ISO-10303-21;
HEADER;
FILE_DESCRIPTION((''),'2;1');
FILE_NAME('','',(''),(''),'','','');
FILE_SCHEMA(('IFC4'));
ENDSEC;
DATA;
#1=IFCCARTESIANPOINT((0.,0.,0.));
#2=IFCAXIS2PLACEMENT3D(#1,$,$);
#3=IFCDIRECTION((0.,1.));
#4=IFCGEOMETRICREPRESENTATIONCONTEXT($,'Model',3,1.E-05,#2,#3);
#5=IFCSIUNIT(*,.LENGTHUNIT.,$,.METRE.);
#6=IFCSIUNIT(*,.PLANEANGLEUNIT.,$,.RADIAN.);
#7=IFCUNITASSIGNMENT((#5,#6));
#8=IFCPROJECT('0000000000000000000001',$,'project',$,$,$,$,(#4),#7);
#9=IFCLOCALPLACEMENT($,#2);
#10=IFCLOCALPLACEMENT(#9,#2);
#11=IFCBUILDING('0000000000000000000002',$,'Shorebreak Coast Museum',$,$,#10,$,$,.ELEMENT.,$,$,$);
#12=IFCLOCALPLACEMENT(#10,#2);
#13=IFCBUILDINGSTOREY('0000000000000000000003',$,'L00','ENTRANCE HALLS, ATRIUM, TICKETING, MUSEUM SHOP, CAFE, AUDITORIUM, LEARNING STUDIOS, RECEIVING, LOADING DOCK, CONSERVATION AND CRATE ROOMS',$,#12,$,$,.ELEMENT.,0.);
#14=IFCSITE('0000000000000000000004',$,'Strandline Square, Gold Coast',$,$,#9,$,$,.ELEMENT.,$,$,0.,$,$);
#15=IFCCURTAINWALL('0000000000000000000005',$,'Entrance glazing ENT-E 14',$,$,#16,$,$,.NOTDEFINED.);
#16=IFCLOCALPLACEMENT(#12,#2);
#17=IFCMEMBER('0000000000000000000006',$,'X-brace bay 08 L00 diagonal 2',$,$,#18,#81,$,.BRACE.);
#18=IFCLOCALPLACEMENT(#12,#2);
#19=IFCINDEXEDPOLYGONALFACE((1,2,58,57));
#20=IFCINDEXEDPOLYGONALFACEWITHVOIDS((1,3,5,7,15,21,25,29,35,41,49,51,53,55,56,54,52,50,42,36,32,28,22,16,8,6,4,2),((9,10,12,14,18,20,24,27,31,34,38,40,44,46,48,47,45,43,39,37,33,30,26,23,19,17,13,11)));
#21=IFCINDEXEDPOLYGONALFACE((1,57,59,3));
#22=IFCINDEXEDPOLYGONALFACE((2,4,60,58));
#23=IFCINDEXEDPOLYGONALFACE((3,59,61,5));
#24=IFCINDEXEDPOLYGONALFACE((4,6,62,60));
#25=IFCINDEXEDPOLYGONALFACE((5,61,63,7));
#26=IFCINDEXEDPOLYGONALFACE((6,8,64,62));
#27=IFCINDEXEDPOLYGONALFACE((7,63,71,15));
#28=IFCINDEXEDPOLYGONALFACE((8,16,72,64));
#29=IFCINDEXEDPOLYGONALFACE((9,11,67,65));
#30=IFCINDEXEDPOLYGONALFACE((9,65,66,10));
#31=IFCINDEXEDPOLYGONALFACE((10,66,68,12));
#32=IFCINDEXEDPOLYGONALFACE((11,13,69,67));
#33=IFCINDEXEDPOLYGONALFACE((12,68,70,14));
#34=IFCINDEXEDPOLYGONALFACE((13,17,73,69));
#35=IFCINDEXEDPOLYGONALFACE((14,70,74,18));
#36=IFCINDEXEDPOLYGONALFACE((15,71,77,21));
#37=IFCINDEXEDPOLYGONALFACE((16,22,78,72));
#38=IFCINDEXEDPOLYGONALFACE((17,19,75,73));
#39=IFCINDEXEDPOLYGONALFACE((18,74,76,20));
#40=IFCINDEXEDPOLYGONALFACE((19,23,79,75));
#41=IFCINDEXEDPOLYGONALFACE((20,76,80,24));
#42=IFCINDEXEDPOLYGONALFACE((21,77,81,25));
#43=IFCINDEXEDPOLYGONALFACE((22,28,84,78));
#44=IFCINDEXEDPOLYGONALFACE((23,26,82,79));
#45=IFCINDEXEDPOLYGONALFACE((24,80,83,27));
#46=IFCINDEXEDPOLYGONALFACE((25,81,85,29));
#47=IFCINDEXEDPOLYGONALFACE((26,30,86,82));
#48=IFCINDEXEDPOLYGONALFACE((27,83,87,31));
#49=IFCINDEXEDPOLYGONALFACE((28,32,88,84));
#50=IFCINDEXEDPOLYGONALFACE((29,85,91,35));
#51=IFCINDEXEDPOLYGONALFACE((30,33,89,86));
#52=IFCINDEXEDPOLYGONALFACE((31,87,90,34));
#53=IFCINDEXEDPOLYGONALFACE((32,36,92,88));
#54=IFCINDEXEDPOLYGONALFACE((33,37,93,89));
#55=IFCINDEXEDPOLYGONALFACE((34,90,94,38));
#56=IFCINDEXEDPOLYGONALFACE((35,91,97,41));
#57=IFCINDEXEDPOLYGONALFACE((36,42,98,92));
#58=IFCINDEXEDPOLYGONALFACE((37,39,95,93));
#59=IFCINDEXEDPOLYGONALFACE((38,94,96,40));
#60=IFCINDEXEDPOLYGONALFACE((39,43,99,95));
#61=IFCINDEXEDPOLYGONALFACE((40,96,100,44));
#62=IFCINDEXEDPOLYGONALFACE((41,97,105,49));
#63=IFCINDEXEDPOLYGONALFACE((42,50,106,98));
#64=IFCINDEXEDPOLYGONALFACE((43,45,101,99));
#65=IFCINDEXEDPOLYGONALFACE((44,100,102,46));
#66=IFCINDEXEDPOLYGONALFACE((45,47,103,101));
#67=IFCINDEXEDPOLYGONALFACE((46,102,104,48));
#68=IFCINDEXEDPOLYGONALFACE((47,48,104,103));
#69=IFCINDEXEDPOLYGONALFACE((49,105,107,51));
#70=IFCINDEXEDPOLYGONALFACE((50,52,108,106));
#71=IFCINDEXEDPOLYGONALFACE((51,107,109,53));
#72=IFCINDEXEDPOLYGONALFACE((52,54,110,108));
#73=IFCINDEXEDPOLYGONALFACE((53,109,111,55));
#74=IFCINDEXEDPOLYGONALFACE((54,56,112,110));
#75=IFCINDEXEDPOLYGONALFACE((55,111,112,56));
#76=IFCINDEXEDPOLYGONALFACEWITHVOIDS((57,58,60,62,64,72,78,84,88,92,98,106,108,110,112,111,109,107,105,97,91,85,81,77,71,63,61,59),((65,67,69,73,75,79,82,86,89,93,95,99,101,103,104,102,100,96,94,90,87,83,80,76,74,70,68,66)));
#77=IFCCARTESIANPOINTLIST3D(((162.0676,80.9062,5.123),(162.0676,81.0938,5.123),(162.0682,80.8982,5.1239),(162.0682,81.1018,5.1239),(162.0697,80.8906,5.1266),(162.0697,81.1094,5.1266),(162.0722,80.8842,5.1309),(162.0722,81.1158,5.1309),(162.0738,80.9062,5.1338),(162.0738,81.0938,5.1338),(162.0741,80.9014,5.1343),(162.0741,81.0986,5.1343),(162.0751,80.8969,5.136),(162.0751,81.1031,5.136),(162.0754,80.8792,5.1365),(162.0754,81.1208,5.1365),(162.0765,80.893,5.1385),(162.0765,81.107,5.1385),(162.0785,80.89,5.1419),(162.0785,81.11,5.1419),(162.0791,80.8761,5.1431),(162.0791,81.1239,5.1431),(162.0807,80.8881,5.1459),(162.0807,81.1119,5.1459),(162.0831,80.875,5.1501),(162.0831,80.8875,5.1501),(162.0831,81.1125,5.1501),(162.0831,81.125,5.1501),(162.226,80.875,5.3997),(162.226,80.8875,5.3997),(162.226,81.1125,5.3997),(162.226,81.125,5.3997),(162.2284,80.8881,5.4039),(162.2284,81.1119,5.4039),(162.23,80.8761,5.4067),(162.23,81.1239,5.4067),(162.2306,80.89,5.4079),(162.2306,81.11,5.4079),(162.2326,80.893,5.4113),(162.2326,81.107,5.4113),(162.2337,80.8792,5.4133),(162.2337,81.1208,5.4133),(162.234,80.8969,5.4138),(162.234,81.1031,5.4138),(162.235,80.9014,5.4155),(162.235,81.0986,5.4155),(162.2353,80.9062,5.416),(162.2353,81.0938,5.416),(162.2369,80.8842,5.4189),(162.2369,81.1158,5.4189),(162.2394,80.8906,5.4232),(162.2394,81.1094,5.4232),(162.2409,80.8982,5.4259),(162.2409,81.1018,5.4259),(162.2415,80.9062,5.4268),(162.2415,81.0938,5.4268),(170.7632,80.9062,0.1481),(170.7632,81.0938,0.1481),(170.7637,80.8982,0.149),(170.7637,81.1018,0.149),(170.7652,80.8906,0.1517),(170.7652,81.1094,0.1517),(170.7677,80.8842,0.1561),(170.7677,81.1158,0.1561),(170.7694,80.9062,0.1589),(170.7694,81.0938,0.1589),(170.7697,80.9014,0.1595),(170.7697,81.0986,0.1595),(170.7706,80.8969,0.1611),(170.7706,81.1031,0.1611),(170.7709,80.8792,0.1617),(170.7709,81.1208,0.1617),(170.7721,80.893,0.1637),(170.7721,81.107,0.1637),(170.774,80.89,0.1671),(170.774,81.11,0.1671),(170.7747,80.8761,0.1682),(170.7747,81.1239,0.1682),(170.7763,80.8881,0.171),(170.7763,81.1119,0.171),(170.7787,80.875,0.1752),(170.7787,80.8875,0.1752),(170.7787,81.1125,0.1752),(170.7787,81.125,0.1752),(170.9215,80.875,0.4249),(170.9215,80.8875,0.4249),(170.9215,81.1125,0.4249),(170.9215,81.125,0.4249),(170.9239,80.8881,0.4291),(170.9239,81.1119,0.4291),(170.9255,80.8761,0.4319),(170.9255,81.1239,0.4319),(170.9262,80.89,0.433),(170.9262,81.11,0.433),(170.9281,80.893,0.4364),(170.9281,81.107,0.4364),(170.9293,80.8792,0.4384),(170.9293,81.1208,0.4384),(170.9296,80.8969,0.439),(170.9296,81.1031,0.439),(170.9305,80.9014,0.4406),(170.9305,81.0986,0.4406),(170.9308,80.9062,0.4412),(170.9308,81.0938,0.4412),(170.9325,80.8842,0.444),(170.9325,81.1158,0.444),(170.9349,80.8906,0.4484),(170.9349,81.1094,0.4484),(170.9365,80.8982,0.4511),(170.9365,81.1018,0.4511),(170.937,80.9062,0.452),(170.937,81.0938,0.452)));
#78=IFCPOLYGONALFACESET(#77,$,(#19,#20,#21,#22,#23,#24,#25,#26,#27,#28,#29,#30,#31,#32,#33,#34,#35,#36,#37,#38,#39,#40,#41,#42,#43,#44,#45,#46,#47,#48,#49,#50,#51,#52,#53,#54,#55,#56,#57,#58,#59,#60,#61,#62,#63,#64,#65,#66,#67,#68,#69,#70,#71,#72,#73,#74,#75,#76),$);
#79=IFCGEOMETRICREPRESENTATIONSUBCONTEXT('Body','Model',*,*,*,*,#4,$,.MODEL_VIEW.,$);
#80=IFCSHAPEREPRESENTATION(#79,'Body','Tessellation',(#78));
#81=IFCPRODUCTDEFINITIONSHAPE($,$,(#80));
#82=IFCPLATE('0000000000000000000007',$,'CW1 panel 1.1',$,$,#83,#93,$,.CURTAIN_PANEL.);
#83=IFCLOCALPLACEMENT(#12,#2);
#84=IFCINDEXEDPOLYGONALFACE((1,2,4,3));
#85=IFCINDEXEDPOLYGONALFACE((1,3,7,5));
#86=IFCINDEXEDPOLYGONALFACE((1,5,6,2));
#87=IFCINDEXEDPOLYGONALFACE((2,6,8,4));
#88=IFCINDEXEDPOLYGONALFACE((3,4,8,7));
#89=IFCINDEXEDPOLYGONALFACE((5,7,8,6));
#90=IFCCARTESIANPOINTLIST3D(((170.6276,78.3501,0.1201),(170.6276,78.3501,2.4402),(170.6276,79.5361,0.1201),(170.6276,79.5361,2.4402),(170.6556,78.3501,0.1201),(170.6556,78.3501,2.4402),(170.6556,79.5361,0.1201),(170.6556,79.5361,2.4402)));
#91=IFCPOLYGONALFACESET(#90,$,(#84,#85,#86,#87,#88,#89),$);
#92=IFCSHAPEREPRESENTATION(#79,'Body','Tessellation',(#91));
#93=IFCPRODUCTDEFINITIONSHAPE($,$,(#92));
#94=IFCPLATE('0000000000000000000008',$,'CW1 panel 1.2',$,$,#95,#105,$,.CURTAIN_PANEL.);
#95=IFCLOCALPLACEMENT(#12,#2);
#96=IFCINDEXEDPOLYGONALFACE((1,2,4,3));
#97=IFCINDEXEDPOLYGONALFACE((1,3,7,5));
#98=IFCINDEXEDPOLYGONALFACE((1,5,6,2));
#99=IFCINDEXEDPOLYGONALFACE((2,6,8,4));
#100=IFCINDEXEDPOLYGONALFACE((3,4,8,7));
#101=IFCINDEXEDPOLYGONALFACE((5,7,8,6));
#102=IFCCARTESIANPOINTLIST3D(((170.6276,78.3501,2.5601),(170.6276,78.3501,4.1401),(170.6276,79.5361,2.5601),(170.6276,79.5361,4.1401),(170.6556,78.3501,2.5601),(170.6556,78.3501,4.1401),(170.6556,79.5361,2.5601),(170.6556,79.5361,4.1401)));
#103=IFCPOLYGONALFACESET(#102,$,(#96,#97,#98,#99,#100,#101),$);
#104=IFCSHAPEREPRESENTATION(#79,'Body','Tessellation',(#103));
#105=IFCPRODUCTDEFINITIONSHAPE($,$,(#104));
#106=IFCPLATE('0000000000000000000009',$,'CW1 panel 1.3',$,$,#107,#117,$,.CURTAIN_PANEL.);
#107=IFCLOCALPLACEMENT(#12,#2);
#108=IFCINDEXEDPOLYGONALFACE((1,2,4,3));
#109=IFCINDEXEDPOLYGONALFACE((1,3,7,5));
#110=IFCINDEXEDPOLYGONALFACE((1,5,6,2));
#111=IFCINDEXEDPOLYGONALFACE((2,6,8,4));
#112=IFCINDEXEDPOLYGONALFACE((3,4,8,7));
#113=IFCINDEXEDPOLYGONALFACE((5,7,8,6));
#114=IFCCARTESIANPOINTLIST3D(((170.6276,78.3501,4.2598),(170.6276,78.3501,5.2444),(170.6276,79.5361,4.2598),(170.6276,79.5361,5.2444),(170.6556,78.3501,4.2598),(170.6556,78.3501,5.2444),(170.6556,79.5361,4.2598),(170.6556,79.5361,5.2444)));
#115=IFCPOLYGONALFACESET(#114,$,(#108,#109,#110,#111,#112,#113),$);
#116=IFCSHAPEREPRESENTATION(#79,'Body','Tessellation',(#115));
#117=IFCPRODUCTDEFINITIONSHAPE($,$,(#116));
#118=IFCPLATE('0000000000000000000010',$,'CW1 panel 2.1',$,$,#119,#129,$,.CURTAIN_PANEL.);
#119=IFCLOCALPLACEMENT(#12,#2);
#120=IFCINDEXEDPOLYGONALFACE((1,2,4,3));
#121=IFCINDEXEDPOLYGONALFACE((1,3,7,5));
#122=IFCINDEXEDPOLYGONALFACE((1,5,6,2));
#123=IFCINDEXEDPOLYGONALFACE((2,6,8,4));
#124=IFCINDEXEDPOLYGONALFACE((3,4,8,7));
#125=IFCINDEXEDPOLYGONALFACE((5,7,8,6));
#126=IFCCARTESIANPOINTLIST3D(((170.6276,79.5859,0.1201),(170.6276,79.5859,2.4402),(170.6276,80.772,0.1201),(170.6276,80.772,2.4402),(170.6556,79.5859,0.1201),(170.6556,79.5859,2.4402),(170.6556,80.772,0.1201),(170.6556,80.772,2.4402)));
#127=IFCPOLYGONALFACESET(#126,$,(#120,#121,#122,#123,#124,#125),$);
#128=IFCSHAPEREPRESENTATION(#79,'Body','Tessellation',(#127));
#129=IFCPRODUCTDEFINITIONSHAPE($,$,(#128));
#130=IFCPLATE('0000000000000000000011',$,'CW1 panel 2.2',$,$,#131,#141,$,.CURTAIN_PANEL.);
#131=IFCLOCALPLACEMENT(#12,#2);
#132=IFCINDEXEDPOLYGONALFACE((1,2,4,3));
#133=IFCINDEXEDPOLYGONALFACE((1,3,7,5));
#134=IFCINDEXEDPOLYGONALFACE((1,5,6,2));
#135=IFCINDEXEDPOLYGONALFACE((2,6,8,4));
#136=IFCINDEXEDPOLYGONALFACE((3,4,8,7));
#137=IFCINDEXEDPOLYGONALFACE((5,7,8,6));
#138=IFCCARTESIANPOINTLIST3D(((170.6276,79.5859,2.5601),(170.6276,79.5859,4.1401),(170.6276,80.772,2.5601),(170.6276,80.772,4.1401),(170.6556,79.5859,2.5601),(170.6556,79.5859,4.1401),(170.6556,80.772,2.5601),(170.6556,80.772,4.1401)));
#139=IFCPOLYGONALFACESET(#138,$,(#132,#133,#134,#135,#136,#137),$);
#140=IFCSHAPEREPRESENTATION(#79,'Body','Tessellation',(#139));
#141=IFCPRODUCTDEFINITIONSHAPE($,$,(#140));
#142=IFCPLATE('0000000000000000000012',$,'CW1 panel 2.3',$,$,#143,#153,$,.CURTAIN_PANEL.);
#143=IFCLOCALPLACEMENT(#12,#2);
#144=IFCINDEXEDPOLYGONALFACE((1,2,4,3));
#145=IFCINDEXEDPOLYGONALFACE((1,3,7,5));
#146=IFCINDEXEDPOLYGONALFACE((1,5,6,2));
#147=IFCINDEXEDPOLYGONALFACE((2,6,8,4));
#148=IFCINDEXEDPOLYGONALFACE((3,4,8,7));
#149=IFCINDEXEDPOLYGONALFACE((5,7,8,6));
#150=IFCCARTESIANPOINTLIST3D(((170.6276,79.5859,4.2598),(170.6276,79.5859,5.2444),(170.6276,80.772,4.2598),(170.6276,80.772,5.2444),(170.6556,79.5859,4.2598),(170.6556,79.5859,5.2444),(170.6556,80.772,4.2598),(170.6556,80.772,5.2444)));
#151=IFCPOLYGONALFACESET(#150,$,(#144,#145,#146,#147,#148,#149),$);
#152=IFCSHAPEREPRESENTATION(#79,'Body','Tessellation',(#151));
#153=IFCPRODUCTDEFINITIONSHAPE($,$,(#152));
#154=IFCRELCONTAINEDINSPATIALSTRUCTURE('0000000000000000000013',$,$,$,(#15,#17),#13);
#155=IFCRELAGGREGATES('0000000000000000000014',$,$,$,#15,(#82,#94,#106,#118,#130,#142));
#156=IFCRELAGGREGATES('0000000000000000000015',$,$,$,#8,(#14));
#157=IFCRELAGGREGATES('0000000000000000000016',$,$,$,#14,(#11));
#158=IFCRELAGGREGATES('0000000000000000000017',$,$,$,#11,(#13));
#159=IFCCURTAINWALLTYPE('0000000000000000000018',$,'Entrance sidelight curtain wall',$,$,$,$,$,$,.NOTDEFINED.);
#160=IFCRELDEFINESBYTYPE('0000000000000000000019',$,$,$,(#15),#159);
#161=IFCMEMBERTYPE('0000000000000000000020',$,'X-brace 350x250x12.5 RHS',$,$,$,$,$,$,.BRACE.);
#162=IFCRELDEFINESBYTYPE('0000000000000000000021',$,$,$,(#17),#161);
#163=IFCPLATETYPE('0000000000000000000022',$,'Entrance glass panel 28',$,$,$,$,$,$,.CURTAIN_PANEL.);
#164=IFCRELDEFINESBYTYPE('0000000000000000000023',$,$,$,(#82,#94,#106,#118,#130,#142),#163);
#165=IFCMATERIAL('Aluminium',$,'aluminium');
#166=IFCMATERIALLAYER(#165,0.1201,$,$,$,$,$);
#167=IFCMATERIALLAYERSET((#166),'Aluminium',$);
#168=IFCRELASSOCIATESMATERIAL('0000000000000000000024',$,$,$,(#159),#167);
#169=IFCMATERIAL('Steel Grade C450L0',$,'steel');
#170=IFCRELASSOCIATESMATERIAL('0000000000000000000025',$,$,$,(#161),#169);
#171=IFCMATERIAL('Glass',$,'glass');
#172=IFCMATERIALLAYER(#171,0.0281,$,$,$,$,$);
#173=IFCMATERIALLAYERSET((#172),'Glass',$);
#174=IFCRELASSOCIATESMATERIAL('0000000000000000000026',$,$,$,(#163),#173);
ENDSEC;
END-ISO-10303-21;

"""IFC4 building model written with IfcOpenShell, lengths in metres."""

from ifc_helpers import new_model, si_unit, direction, frame, origin, origin_2d, place, context, subcontext, project, spatial, rectangle, hollow_rectangle, extrude, material, layer, layer_set, material_profile, profile_set, type_object, element, aggregate, save


model = new_model("IFC4")

# Units and contexts
model_context = context("Model", 3, precision=1e-05, world=origin(), true_north=direction((0.0, 1.0)))
body_context = subcontext(model_context, "Body", "Model", "MODEL_VIEW")
ifc_project = project(units=[si_unit("LENGTHUNIT", "METRE"), si_unit("PLANEANGLEUNIT", "RADIAN")], contexts=[model_context])

# Site, building, storey
site_placement = place(None, origin())
site = spatial("IfcSite", under=ifc_project, at=site_placement, Name="Strandline Square, Gold Coast", CompositionType="ELEMENT", RefElevation=0.0)
building_placement = place(site_placement, origin())
building = spatial("IfcBuilding", under=site, at=building_placement, Name="Shorebreak Coast Museum", CompositionType="ELEMENT")
storey_placement = place(building_placement, origin())
storey = spatial("IfcBuildingStorey", under=building, at=storey_placement, Name="L00", Description="ENTRANCE HALLS, ATRIUM, TICKETING, MUSEUM SHOP, CAFE, AUDITORIUM, LEARNING STUDIOS, RECEIVING, LOADING DOCK, CONSERVATION AND CRATE ROOMS", CompositionType="ELEMENT", Elevation=0.0)

# Curtain wall
ifc_material_1 = material(Name="Aluminium", Category="aluminium")
ifc_layer_1 = layer(ifc_material_1, 0.1201)
ifc_layer_set_1 = layer_set([ifc_layer_1], Name="Aluminium")
curtain_wall_type = type_object("IfcCurtainWallType", Name="Entrance sidelight curtain wall", PredefinedType="NOTDEFINED", material=ifc_layer_set_1)
curtain_wall_placement = place(storey_placement, origin())
curtain_wall = element("IfcCurtainWall", 1, at=curtain_wall_placement, inside=storey, type_object=curtain_wall_type, Name="Entrance glazing ENT-E 14", PredefinedType="NOTDEFINED")

# Member
ifc_material_2 = material(Name="Steel Grade C450L0", Category="steel")
ifc_material_profile_1 = material_profile(ifc_material_2, hollow_rectangle(XDim=0.25, YDim=0.3501, WallThickness=0.0125, InnerFilletRadius=0.0188, OuterFilletRadius=0.0312, at=origin_2d()), Name="350x250x12.5 RHS")
ifc_profile_set_1 = profile_set([ifc_material_profile_1], Name="Steel Grade C450L0")
member_type_1 = type_object("IfcMemberType", Name="X-brace 350x250x12.5 RHS", PredefinedType="BRACE", material=ifc_profile_set_1)
member_1_placement = place(storey_placement, frame((170.8501, 81.0, 0.3), z_axis=(-0.867987, 0.0, 0.496588), x_axis=(0.0, -1.0, 0.0)))
element("IfcMember", 2, at=member_1_placement, inside=storey, type_object=member_type_1, Name="X-brace bay 08 L00 diagonal 2", PredefinedType="BRACE", context=body_context, shape_type="SweptSolid", body=[
    extrude(hollow_rectangle(XDim=0.25, YDim=0.3501, WallThickness=0.0125, InnerFilletRadius=0.0188, OuterFilletRadius=0.0312, at=origin_2d()), origin(), (0.0, 0.0, 1.0), 10.0181),
])

# Plates
ifc_material_3 = material(Name="Glass", Category="glass")
ifc_layer_2 = layer(ifc_material_3, 0.0281)
ifc_layer_set_2 = layer_set([ifc_layer_2], Name="Glass")
plate_type = type_object("IfcPlateType", Name="Entrance glass panel 28", PredefinedType="CURTAIN_PANEL", material=ifc_layer_set_2)
plate_1_placement = place(storey_placement, frame((170.6416, 78.9431, 0.1201), z_axis=(0.0, 0.0, 1.0), x_axis=(0.0, 1.0, 0.0)))
plate_1 = element("IfcPlate", 3, at=plate_1_placement, type_object=plate_type, Name="CW1 panel 1.1", PredefinedType="CURTAIN_PANEL", context=body_context, shape_type="SweptSolid", body=[
    extrude(rectangle(XDim=1.186, YDim=0.0281, at=origin_2d()), origin(), (0.0, 0.0, 1.0), 2.3201),
])
plate_2_placement = place(storey_placement, frame((170.6416, 78.9431, 2.5601), z_axis=(0.0, 0.0, 1.0), x_axis=(0.0, 1.0, 0.0)))
plate_2 = element("IfcPlate", 4, at=plate_2_placement, type_object=plate_type, Name="CW1 panel 1.2", PredefinedType="CURTAIN_PANEL", context=body_context, shape_type="SweptSolid", body=[
    extrude(rectangle(XDim=1.186, YDim=0.0281, at=origin_2d()), origin(), (0.0, 0.0, 1.0), 1.5801),
])
plate_3_placement = place(storey_placement, frame((170.6416, 78.9431, 4.2598), z_axis=(0.0, 0.0, 1.0), x_axis=(0.0, 1.0, 0.0)))
plate_3 = element("IfcPlate", 5, at=plate_3_placement, type_object=plate_type, Name="CW1 panel 1.3", PredefinedType="CURTAIN_PANEL", context=body_context, shape_type="SweptSolid", body=[
    extrude(rectangle(XDim=1.186, YDim=0.0281, at=origin_2d()), origin(), (0.0, 0.0, 1.0), 0.9846),
])
plate_4_placement = place(storey_placement, frame((170.6416, 80.179, 0.1201), z_axis=(0.0, 0.0, 1.0), x_axis=(0.0, 1.0, 0.0)))
plate_4 = element("IfcPlate", 6, at=plate_4_placement, type_object=plate_type, Name="CW1 panel 2.1", PredefinedType="CURTAIN_PANEL", context=body_context, shape_type="SweptSolid", body=[
    extrude(rectangle(XDim=1.186, YDim=0.0281, at=origin_2d()), origin(), (0.0, 0.0, 1.0), 2.3201),
])
plate_5_placement = place(storey_placement, frame((170.6416, 80.179, 2.5601), z_axis=(0.0, 0.0, 1.0), x_axis=(0.0, 1.0, 0.0)))
plate_5 = element("IfcPlate", 7, at=plate_5_placement, type_object=plate_type, Name="CW1 panel 2.2", PredefinedType="CURTAIN_PANEL", context=body_context, shape_type="SweptSolid", body=[
    extrude(rectangle(XDim=1.186, YDim=0.0281, at=origin_2d()), origin(), (0.0, 0.0, 1.0), 1.5801),
])
plate_6_placement = place(storey_placement, frame((170.6416, 80.179, 4.2598), z_axis=(0.0, 0.0, 1.0), x_axis=(0.0, 1.0, 0.0)))
plate_6 = element("IfcPlate", 8, at=plate_6_placement, type_object=plate_type, Name="CW1 panel 2.3", PredefinedType="CURTAIN_PANEL", context=body_context, shape_type="SweptSolid", body=[
    extrude(rectangle(XDim=1.186, YDim=0.0281, at=origin_2d()), origin(), (0.0, 0.0, 1.0), 0.9846),
])
aggregate(curtain_wall, [plate_1, plate_2, plate_3, plate_4, plate_5, plate_6])

save(model, "model.ifc")
